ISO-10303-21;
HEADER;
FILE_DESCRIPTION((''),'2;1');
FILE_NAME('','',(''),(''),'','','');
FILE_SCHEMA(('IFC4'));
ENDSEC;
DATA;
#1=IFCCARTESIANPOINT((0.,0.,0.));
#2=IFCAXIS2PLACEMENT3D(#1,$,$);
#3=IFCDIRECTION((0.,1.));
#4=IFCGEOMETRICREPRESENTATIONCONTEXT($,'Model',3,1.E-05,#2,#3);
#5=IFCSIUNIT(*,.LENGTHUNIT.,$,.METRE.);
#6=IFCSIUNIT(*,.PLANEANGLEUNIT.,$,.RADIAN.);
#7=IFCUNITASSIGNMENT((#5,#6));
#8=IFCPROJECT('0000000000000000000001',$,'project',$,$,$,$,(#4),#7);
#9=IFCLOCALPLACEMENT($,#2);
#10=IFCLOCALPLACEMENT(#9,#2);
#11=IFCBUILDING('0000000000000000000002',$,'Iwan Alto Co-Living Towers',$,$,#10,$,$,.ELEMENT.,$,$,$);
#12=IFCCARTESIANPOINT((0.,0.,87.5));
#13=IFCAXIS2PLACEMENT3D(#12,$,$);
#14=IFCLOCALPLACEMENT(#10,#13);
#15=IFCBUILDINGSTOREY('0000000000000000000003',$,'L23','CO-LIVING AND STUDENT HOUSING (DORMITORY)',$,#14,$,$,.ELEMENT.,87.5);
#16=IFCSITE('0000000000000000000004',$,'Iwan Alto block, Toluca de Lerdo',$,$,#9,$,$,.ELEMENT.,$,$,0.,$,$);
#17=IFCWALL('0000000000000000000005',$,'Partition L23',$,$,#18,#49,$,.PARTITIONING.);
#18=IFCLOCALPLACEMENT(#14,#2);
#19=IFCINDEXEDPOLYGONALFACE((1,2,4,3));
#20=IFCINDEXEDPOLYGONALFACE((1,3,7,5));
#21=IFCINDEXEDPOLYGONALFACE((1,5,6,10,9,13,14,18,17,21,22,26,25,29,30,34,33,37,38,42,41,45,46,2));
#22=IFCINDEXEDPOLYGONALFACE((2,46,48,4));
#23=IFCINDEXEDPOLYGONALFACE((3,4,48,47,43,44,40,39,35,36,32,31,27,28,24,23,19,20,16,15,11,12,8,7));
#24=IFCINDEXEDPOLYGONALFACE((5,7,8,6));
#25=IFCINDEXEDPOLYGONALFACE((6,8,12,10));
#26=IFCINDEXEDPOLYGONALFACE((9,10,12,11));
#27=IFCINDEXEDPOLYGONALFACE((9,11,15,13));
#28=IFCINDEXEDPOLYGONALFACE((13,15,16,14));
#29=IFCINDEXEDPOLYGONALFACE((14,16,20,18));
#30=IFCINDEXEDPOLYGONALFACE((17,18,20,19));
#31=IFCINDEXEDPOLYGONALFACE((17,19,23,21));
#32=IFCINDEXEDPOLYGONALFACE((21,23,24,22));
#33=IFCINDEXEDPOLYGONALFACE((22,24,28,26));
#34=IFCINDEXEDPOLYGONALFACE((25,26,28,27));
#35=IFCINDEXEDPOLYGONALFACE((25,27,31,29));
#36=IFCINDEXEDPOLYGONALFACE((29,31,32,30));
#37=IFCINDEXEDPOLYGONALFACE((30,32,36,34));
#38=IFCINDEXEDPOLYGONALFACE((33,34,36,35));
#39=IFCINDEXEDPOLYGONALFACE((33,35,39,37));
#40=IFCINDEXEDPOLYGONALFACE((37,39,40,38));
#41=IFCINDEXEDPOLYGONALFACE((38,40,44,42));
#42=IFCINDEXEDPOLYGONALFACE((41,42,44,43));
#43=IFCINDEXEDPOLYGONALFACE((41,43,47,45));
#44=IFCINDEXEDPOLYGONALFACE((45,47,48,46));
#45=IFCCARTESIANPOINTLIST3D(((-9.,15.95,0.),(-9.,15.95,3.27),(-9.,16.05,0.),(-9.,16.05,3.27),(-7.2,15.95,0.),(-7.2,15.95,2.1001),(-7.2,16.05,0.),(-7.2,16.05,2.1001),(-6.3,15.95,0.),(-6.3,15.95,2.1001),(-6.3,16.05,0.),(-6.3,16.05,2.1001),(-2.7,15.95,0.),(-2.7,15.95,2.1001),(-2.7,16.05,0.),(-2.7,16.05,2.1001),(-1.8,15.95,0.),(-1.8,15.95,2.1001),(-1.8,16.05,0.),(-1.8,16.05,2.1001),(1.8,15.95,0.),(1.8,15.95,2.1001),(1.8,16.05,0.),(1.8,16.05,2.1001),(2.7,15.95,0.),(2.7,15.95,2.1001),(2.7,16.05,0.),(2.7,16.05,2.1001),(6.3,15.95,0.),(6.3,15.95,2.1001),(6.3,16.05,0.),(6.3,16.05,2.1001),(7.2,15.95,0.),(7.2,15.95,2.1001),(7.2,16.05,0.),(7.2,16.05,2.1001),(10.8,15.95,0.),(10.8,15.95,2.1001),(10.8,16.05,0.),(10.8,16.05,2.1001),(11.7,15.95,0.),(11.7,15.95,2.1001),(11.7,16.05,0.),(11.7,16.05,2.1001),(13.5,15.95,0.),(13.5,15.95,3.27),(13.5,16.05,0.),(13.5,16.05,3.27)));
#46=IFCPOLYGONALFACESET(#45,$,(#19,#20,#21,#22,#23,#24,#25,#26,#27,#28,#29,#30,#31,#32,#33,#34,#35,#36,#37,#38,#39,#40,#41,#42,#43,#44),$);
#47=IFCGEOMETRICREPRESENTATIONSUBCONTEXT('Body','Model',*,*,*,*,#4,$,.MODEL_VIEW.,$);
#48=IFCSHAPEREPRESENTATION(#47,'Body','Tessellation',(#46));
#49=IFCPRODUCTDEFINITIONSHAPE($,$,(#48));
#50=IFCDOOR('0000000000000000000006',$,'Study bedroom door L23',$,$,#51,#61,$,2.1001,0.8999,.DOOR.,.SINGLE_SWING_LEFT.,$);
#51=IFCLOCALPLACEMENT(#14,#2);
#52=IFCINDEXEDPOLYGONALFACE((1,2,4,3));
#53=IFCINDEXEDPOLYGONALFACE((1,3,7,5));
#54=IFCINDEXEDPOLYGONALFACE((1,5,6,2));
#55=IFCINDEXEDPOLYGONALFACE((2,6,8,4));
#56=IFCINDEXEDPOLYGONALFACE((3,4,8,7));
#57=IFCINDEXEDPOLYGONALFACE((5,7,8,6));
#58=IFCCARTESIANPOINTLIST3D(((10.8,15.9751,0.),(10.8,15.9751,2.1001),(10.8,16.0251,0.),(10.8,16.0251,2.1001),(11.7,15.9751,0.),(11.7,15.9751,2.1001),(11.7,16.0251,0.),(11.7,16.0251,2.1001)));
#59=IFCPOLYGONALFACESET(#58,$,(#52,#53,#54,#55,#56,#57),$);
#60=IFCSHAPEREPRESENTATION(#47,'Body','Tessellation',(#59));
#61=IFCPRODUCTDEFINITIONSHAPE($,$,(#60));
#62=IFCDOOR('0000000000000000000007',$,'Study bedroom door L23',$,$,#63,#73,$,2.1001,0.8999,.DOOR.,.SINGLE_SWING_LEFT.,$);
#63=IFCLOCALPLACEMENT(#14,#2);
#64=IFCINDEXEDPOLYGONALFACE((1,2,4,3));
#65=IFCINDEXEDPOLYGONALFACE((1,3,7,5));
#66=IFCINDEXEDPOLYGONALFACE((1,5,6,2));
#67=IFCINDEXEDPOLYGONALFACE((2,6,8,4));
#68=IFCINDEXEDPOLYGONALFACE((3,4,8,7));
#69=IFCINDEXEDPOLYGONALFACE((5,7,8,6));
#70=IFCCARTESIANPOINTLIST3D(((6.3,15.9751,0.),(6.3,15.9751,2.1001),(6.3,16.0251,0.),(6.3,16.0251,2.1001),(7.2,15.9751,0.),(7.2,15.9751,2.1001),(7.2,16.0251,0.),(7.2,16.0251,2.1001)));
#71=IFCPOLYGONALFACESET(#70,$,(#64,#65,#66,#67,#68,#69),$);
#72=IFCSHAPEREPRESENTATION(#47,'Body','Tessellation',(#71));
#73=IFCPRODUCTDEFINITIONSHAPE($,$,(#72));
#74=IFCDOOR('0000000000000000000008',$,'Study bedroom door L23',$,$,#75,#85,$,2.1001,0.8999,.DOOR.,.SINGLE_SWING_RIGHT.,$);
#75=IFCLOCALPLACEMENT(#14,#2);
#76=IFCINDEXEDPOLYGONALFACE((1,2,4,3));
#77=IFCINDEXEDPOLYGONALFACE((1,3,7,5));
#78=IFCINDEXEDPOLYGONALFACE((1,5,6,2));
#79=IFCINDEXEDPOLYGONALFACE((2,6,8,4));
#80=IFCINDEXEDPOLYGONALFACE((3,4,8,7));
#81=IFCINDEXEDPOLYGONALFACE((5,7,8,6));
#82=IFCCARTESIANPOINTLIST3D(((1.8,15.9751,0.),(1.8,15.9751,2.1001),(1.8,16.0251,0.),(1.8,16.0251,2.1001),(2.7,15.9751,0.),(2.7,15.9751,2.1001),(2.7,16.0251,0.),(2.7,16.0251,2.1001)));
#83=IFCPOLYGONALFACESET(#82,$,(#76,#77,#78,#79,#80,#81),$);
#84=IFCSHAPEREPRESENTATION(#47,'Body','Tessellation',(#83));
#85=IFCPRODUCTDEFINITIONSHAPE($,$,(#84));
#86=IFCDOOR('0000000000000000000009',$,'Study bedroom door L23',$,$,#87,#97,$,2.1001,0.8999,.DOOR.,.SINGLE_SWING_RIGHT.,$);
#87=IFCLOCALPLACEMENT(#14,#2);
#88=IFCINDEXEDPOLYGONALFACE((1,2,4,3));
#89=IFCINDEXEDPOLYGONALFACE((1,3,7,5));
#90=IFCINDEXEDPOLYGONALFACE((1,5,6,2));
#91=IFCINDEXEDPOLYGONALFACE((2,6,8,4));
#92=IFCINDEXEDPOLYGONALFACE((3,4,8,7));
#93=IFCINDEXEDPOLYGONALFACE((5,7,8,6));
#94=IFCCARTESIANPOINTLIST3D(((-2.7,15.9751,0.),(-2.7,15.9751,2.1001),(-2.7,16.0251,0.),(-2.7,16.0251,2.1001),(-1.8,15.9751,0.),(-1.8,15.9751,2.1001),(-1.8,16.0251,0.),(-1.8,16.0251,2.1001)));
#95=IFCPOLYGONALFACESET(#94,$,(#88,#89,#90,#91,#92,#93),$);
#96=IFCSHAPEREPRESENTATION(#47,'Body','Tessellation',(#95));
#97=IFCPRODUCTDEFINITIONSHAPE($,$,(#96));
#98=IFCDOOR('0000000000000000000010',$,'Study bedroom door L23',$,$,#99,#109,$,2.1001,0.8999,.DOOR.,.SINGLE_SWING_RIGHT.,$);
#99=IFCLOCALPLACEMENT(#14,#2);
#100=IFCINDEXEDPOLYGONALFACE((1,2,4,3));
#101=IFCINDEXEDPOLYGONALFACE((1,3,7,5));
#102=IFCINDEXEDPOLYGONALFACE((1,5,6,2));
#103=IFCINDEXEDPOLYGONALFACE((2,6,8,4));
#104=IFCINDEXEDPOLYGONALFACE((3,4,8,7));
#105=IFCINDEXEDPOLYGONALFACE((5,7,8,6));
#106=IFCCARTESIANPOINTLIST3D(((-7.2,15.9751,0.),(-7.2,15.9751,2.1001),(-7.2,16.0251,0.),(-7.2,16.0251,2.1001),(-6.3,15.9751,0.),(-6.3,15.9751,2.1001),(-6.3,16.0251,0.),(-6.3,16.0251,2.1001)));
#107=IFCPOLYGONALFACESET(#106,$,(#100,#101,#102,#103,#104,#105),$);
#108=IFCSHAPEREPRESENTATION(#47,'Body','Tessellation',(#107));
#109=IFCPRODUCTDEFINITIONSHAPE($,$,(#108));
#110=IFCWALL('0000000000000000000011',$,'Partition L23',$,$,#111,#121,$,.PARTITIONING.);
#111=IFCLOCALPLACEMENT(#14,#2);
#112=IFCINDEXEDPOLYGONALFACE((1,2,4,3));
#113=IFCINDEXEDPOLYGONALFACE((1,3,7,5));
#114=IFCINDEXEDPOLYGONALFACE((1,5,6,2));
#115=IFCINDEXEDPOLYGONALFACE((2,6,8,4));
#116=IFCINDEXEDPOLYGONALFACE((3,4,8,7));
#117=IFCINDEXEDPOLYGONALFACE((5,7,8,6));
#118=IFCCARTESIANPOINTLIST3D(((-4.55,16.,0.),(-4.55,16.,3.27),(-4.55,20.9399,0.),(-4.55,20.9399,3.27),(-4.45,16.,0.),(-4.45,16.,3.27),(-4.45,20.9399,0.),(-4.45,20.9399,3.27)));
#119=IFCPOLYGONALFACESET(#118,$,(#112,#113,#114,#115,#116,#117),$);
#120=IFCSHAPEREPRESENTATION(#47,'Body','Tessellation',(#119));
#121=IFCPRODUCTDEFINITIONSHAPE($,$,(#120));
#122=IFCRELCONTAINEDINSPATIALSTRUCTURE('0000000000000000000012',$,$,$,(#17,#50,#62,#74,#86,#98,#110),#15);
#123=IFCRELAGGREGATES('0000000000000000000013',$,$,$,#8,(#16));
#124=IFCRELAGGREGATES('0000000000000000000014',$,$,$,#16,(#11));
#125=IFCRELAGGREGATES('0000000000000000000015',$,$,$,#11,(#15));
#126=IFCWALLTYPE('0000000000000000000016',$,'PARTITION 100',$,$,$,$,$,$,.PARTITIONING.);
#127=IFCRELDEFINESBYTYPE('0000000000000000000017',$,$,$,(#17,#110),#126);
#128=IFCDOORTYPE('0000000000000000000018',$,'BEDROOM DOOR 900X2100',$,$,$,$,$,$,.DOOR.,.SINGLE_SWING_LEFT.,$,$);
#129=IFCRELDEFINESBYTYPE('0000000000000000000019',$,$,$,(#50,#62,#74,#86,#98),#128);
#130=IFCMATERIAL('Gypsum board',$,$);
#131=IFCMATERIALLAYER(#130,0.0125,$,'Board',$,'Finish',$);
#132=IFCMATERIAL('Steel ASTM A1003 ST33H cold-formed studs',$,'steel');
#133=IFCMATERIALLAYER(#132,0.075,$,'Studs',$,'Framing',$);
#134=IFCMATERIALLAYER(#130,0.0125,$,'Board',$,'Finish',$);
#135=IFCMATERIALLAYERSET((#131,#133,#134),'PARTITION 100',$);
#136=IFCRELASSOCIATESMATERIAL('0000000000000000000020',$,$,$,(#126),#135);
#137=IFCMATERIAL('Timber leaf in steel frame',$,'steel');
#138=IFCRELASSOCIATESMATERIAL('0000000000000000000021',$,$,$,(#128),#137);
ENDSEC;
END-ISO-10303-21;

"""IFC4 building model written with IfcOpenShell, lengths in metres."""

from ifc_helpers import new_model, si_unit, direction, frame, frame_2d, origin, place, context, subcontext, project, spatial, rectangle, extrude, material, layer, layer_set, type_object, element, fill, save


model = new_model("IFC4")

# Units and contexts
model_context = context("Model", 3, precision=1e-05, world=origin(), true_north=direction((0.0, 1.0)))
body_context = subcontext(model_context, "Body", "Model", "MODEL_VIEW")
ifc_project = project(units=[si_unit("LENGTHUNIT", "METRE"), si_unit("PLANEANGLEUNIT", "RADIAN")], contexts=[model_context])

# Site, building, storey
site_placement = place(None, origin())
site = spatial("IfcSite", under=ifc_project, at=site_placement, Name="Iwan Alto block, Toluca de Lerdo", CompositionType="ELEMENT", RefElevation=0.0)
building_placement = place(site_placement, origin())
building = spatial("IfcBuilding", under=site, at=building_placement, Name="Iwan Alto Co-Living Towers", CompositionType="ELEMENT")
storey_placement = place(building_placement, frame((0.0, 0.0, 87.5)))
storey = spatial("IfcBuildingStorey", under=building, at=storey_placement, Name="L23", Description="CO-LIVING AND STUDENT HOUSING (DORMITORY)", CompositionType="ELEMENT", Elevation=87.5)

# Shared definitions
ifc_material_1 = material(Name="Gypsum board")
ifc_material_2 = material(Name="Steel ASTM A1003 ST33H cold-formed studs", Category="steel")

# Wall, openings, doors
ifc_layer_1 = layer(ifc_material_1, 0.0125, Name="Board", Category="Finish")
ifc_layer_2 = layer(ifc_material_2, 0.075, Name="Studs", Category="Framing")
ifc_layer_3 = layer(ifc_material_1, 0.0125, Name="Board", Category="Finish")
ifc_layer_set_1 = layer_set([ifc_layer_1, ifc_layer_2, ifc_layer_3], Name="PARTITION 100")
wall_type_1 = type_object("IfcWallType", Name="PARTITION 100", PredefinedType="PARTITIONING", material=ifc_layer_set_1)
wall_1_placement = place(storey_placement, frame((-9.0, 16.0, 0.0), z_axis=(0.0, 0.0, 1.0), x_axis=(1.0, 0.0, 0.0)))
wall_1 = element("IfcWall", 1, at=wall_1_placement, inside=storey, type_object=wall_type_1, Name="Partition L23", PredefinedType="PARTITIONING", context=body_context, shape_type="SweptSolid", body=[
    extrude(rectangle(XDim=22.5, YDim=0.1001, at=frame_2d((11.25, 0.0))), origin(), (0.0, 0.0, 1.0), 3.27),
])
opening_1_placement = place(wall_1_placement, frame((19.8, 0.0, 0.0)))
opening_1 = element("IfcOpeningElement", 2, at=opening_1_placement, cuts=wall_1, PredefinedType="OPENING", context=body_context, shape_type="SweptSolid", body=[
    extrude(rectangle(XDim=0.8999, YDim=2.1001, at=frame_2d((0.45, 1.05))), frame((0.0, 0.0601, 0.0), z_axis=(0.0, -1.0, 0.0), x_axis=(1.0, 0.0, 0.0)), (0.0, 0.0, 1.0), 0.1201),
])
opening_2_placement = place(wall_1_placement, frame((15.3, 0.0, 0.0)))
opening_2 = element("IfcOpeningElement", 3, at=opening_2_placement, cuts=wall_1, PredefinedType="OPENING", context=body_context, shape_type="SweptSolid", body=[
    extrude(rectangle(XDim=0.8999, YDim=2.1001, at=frame_2d((0.45, 1.05))), frame((0.0, 0.0601, 0.0), z_axis=(0.0, -1.0, 0.0), x_axis=(1.0, 0.0, 0.0)), (0.0, 0.0, 1.0), 0.1201),
])
opening_3_placement = place(wall_1_placement, frame((10.8, 0.0, 0.0)))
opening_3 = element("IfcOpeningElement", 4, at=opening_3_placement, cuts=wall_1, PredefinedType="OPENING", context=body_context, shape_type="SweptSolid", body=[
    extrude(rectangle(XDim=0.8999, YDim=2.1001, at=frame_2d((0.45, 1.05))), frame((0.0, 0.0601, 0.0), z_axis=(0.0, -1.0, 0.0), x_axis=(1.0, 0.0, 0.0)), (0.0, 0.0, 1.0), 0.1201),
])
opening_4_placement = place(wall_1_placement, frame((6.3, 0.0, 0.0)))
opening_4 = element("IfcOpeningElement", 5, at=opening_4_placement, cuts=wall_1, PredefinedType="OPENING", context=body_context, shape_type="SweptSolid", body=[
    extrude(rectangle(XDim=0.8999, YDim=2.1001, at=frame_2d((0.45, 1.05))), frame((0.0, 0.0601, 0.0), z_axis=(0.0, -1.0, 0.0), x_axis=(1.0, 0.0, 0.0)), (0.0, 0.0, 1.0), 0.1201),
])
opening_5_placement = place(wall_1_placement, frame((1.8, 0.0, 0.0)))
opening_5 = element("IfcOpeningElement", 6, at=opening_5_placement, cuts=wall_1, PredefinedType="OPENING", context=body_context, shape_type="SweptSolid", body=[
    extrude(rectangle(XDim=0.8999, YDim=2.1001, at=frame_2d((0.45, 1.05))), frame((0.0, 0.0601, 0.0), z_axis=(0.0, -1.0, 0.0), x_axis=(1.0, 0.0, 0.0)), (0.0, 0.0, 1.0), 0.1201),
])
ifc_material_3 = material(Name="Timber leaf in steel frame", Category="steel")
door_type_1 = type_object("IfcDoorType", Name="BEDROOM DOOR 900X2100", OperationType="SINGLE_SWING_LEFT", PredefinedType="DOOR", material=ifc_material_3)
door_1_placement = place(opening_1_placement, frame((0.8999, 0.0, 0.0), z_axis=(0.0, 0.0, 1.0), x_axis=(-1.0, 0.0, 0.0)))
door_1 = element("IfcDoor", 7, at=door_1_placement, inside=storey, type_object=door_type_1, Name="Study bedroom door L23", OperationType="SINGLE_SWING_LEFT", OverallHeight=2.1001, OverallWidth=0.8999, PredefinedType="DOOR", context=body_context, shape_type="SweptSolid", body=[
    extrude(rectangle(XDim=0.8999, YDim=2.1001, at=frame_2d((0.45, 1.05))), frame((0.0, 0.0249, 0.0), z_axis=(0.0, -1.0, 0.0), x_axis=(1.0, 0.0, 0.0)), (0.0, 0.0, 1.0), 0.05),
])
fill(opening_1, door_1)
door_2_placement = place(opening_2_placement, frame((0.8999, 0.0, 0.0), z_axis=(0.0, 0.0, 1.0), x_axis=(-1.0, 0.0, 0.0)))
door_2 = element("IfcDoor", 8, at=door_2_placement, inside=storey, type_object=door_type_1, Name="Study bedroom door L23", OperationType="SINGLE_SWING_LEFT", OverallHeight=2.1001, OverallWidth=0.8999, PredefinedType="DOOR", context=body_context, shape_type="SweptSolid", body=[
    extrude(rectangle(XDim=0.8999, YDim=2.1001, at=frame_2d((0.45, 1.05))), frame((0.0, 0.0249, 0.0), z_axis=(0.0, -1.0, 0.0), x_axis=(1.0, 0.0, 0.0)), (0.0, 0.0, 1.0), 0.05),
])
fill(opening_2, door_2)
door_3_placement = place(opening_3_placement, frame((0.8999, 0.0, 0.0), z_axis=(0.0, 0.0, 1.0), x_axis=(-1.0, 0.0, 0.0)))
door_3 = element("IfcDoor", 9, at=door_3_placement, inside=storey, type_object=door_type_1, Name="Study bedroom door L23", OperationType="SINGLE_SWING_RIGHT", OverallHeight=2.1001, OverallWidth=0.8999, PredefinedType="DOOR", context=body_context, shape_type="SweptSolid", body=[
    extrude(rectangle(XDim=0.8999, YDim=2.1001, at=frame_2d((0.45, 1.05))), frame((0.0, 0.0249, 0.0), z_axis=(0.0, -1.0, 0.0), x_axis=(1.0, 0.0, 0.0)), (0.0, 0.0, 1.0), 0.05),
])
fill(opening_3, door_3)
door_4_placement = place(opening_4_placement, frame((0.8999, 0.0, 0.0), z_axis=(0.0, 0.0, 1.0), x_axis=(-1.0, 0.0, 0.0)))
door_4 = element("IfcDoor", 10, at=door_4_placement, inside=storey, type_object=door_type_1, Name="Study bedroom door L23", OperationType="SINGLE_SWING_RIGHT", OverallHeight=2.1001, OverallWidth=0.8999, PredefinedType="DOOR", context=body_context, shape_type="SweptSolid", body=[
    extrude(rectangle(XDim=0.8999, YDim=2.1001, at=frame_2d((0.45, 1.05))), frame((0.0, 0.0249, 0.0), z_axis=(0.0, -1.0, 0.0), x_axis=(1.0, 0.0, 0.0)), (0.0, 0.0, 1.0), 0.05),
])
fill(opening_4, door_4)
door_5_placement = place(opening_5_placement, frame((0.8999, 0.0, 0.0), z_axis=(0.0, 0.0, 1.0), x_axis=(-1.0, 0.0, 0.0)))
door_5 = element("IfcDoor", 11, at=door_5_placement, inside=storey, type_object=door_type_1, Name="Study bedroom door L23", OperationType="SINGLE_SWING_RIGHT", OverallHeight=2.1001, OverallWidth=0.8999, PredefinedType="DOOR", context=body_context, shape_type="SweptSolid", body=[
    extrude(rectangle(XDim=0.8999, YDim=2.1001, at=frame_2d((0.45, 1.05))), frame((0.0, 0.0249, 0.0), z_axis=(0.0, -1.0, 0.0), x_axis=(1.0, 0.0, 0.0)), (0.0, 0.0, 1.0), 0.05),
])
fill(opening_5, door_5)

# Wall
wall_2_placement = place(storey_placement, frame((-4.5, 16.0, 0.0), z_axis=(0.0, 0.0, 1.0), x_axis=(0.0, 1.0, 0.0)))
element("IfcWall", 12, at=wall_2_placement, inside=storey, type_object=wall_type_1, Name="Partition L23", PredefinedType="PARTITIONING", context=body_context, shape_type="SweptSolid", body=[
    extrude(rectangle(XDim=4.9399, YDim=0.1001, at=frame_2d((2.47, 0.0))), origin(), (0.0, 0.0, 1.0), 3.27),
])

save(model, "model.ifc")
